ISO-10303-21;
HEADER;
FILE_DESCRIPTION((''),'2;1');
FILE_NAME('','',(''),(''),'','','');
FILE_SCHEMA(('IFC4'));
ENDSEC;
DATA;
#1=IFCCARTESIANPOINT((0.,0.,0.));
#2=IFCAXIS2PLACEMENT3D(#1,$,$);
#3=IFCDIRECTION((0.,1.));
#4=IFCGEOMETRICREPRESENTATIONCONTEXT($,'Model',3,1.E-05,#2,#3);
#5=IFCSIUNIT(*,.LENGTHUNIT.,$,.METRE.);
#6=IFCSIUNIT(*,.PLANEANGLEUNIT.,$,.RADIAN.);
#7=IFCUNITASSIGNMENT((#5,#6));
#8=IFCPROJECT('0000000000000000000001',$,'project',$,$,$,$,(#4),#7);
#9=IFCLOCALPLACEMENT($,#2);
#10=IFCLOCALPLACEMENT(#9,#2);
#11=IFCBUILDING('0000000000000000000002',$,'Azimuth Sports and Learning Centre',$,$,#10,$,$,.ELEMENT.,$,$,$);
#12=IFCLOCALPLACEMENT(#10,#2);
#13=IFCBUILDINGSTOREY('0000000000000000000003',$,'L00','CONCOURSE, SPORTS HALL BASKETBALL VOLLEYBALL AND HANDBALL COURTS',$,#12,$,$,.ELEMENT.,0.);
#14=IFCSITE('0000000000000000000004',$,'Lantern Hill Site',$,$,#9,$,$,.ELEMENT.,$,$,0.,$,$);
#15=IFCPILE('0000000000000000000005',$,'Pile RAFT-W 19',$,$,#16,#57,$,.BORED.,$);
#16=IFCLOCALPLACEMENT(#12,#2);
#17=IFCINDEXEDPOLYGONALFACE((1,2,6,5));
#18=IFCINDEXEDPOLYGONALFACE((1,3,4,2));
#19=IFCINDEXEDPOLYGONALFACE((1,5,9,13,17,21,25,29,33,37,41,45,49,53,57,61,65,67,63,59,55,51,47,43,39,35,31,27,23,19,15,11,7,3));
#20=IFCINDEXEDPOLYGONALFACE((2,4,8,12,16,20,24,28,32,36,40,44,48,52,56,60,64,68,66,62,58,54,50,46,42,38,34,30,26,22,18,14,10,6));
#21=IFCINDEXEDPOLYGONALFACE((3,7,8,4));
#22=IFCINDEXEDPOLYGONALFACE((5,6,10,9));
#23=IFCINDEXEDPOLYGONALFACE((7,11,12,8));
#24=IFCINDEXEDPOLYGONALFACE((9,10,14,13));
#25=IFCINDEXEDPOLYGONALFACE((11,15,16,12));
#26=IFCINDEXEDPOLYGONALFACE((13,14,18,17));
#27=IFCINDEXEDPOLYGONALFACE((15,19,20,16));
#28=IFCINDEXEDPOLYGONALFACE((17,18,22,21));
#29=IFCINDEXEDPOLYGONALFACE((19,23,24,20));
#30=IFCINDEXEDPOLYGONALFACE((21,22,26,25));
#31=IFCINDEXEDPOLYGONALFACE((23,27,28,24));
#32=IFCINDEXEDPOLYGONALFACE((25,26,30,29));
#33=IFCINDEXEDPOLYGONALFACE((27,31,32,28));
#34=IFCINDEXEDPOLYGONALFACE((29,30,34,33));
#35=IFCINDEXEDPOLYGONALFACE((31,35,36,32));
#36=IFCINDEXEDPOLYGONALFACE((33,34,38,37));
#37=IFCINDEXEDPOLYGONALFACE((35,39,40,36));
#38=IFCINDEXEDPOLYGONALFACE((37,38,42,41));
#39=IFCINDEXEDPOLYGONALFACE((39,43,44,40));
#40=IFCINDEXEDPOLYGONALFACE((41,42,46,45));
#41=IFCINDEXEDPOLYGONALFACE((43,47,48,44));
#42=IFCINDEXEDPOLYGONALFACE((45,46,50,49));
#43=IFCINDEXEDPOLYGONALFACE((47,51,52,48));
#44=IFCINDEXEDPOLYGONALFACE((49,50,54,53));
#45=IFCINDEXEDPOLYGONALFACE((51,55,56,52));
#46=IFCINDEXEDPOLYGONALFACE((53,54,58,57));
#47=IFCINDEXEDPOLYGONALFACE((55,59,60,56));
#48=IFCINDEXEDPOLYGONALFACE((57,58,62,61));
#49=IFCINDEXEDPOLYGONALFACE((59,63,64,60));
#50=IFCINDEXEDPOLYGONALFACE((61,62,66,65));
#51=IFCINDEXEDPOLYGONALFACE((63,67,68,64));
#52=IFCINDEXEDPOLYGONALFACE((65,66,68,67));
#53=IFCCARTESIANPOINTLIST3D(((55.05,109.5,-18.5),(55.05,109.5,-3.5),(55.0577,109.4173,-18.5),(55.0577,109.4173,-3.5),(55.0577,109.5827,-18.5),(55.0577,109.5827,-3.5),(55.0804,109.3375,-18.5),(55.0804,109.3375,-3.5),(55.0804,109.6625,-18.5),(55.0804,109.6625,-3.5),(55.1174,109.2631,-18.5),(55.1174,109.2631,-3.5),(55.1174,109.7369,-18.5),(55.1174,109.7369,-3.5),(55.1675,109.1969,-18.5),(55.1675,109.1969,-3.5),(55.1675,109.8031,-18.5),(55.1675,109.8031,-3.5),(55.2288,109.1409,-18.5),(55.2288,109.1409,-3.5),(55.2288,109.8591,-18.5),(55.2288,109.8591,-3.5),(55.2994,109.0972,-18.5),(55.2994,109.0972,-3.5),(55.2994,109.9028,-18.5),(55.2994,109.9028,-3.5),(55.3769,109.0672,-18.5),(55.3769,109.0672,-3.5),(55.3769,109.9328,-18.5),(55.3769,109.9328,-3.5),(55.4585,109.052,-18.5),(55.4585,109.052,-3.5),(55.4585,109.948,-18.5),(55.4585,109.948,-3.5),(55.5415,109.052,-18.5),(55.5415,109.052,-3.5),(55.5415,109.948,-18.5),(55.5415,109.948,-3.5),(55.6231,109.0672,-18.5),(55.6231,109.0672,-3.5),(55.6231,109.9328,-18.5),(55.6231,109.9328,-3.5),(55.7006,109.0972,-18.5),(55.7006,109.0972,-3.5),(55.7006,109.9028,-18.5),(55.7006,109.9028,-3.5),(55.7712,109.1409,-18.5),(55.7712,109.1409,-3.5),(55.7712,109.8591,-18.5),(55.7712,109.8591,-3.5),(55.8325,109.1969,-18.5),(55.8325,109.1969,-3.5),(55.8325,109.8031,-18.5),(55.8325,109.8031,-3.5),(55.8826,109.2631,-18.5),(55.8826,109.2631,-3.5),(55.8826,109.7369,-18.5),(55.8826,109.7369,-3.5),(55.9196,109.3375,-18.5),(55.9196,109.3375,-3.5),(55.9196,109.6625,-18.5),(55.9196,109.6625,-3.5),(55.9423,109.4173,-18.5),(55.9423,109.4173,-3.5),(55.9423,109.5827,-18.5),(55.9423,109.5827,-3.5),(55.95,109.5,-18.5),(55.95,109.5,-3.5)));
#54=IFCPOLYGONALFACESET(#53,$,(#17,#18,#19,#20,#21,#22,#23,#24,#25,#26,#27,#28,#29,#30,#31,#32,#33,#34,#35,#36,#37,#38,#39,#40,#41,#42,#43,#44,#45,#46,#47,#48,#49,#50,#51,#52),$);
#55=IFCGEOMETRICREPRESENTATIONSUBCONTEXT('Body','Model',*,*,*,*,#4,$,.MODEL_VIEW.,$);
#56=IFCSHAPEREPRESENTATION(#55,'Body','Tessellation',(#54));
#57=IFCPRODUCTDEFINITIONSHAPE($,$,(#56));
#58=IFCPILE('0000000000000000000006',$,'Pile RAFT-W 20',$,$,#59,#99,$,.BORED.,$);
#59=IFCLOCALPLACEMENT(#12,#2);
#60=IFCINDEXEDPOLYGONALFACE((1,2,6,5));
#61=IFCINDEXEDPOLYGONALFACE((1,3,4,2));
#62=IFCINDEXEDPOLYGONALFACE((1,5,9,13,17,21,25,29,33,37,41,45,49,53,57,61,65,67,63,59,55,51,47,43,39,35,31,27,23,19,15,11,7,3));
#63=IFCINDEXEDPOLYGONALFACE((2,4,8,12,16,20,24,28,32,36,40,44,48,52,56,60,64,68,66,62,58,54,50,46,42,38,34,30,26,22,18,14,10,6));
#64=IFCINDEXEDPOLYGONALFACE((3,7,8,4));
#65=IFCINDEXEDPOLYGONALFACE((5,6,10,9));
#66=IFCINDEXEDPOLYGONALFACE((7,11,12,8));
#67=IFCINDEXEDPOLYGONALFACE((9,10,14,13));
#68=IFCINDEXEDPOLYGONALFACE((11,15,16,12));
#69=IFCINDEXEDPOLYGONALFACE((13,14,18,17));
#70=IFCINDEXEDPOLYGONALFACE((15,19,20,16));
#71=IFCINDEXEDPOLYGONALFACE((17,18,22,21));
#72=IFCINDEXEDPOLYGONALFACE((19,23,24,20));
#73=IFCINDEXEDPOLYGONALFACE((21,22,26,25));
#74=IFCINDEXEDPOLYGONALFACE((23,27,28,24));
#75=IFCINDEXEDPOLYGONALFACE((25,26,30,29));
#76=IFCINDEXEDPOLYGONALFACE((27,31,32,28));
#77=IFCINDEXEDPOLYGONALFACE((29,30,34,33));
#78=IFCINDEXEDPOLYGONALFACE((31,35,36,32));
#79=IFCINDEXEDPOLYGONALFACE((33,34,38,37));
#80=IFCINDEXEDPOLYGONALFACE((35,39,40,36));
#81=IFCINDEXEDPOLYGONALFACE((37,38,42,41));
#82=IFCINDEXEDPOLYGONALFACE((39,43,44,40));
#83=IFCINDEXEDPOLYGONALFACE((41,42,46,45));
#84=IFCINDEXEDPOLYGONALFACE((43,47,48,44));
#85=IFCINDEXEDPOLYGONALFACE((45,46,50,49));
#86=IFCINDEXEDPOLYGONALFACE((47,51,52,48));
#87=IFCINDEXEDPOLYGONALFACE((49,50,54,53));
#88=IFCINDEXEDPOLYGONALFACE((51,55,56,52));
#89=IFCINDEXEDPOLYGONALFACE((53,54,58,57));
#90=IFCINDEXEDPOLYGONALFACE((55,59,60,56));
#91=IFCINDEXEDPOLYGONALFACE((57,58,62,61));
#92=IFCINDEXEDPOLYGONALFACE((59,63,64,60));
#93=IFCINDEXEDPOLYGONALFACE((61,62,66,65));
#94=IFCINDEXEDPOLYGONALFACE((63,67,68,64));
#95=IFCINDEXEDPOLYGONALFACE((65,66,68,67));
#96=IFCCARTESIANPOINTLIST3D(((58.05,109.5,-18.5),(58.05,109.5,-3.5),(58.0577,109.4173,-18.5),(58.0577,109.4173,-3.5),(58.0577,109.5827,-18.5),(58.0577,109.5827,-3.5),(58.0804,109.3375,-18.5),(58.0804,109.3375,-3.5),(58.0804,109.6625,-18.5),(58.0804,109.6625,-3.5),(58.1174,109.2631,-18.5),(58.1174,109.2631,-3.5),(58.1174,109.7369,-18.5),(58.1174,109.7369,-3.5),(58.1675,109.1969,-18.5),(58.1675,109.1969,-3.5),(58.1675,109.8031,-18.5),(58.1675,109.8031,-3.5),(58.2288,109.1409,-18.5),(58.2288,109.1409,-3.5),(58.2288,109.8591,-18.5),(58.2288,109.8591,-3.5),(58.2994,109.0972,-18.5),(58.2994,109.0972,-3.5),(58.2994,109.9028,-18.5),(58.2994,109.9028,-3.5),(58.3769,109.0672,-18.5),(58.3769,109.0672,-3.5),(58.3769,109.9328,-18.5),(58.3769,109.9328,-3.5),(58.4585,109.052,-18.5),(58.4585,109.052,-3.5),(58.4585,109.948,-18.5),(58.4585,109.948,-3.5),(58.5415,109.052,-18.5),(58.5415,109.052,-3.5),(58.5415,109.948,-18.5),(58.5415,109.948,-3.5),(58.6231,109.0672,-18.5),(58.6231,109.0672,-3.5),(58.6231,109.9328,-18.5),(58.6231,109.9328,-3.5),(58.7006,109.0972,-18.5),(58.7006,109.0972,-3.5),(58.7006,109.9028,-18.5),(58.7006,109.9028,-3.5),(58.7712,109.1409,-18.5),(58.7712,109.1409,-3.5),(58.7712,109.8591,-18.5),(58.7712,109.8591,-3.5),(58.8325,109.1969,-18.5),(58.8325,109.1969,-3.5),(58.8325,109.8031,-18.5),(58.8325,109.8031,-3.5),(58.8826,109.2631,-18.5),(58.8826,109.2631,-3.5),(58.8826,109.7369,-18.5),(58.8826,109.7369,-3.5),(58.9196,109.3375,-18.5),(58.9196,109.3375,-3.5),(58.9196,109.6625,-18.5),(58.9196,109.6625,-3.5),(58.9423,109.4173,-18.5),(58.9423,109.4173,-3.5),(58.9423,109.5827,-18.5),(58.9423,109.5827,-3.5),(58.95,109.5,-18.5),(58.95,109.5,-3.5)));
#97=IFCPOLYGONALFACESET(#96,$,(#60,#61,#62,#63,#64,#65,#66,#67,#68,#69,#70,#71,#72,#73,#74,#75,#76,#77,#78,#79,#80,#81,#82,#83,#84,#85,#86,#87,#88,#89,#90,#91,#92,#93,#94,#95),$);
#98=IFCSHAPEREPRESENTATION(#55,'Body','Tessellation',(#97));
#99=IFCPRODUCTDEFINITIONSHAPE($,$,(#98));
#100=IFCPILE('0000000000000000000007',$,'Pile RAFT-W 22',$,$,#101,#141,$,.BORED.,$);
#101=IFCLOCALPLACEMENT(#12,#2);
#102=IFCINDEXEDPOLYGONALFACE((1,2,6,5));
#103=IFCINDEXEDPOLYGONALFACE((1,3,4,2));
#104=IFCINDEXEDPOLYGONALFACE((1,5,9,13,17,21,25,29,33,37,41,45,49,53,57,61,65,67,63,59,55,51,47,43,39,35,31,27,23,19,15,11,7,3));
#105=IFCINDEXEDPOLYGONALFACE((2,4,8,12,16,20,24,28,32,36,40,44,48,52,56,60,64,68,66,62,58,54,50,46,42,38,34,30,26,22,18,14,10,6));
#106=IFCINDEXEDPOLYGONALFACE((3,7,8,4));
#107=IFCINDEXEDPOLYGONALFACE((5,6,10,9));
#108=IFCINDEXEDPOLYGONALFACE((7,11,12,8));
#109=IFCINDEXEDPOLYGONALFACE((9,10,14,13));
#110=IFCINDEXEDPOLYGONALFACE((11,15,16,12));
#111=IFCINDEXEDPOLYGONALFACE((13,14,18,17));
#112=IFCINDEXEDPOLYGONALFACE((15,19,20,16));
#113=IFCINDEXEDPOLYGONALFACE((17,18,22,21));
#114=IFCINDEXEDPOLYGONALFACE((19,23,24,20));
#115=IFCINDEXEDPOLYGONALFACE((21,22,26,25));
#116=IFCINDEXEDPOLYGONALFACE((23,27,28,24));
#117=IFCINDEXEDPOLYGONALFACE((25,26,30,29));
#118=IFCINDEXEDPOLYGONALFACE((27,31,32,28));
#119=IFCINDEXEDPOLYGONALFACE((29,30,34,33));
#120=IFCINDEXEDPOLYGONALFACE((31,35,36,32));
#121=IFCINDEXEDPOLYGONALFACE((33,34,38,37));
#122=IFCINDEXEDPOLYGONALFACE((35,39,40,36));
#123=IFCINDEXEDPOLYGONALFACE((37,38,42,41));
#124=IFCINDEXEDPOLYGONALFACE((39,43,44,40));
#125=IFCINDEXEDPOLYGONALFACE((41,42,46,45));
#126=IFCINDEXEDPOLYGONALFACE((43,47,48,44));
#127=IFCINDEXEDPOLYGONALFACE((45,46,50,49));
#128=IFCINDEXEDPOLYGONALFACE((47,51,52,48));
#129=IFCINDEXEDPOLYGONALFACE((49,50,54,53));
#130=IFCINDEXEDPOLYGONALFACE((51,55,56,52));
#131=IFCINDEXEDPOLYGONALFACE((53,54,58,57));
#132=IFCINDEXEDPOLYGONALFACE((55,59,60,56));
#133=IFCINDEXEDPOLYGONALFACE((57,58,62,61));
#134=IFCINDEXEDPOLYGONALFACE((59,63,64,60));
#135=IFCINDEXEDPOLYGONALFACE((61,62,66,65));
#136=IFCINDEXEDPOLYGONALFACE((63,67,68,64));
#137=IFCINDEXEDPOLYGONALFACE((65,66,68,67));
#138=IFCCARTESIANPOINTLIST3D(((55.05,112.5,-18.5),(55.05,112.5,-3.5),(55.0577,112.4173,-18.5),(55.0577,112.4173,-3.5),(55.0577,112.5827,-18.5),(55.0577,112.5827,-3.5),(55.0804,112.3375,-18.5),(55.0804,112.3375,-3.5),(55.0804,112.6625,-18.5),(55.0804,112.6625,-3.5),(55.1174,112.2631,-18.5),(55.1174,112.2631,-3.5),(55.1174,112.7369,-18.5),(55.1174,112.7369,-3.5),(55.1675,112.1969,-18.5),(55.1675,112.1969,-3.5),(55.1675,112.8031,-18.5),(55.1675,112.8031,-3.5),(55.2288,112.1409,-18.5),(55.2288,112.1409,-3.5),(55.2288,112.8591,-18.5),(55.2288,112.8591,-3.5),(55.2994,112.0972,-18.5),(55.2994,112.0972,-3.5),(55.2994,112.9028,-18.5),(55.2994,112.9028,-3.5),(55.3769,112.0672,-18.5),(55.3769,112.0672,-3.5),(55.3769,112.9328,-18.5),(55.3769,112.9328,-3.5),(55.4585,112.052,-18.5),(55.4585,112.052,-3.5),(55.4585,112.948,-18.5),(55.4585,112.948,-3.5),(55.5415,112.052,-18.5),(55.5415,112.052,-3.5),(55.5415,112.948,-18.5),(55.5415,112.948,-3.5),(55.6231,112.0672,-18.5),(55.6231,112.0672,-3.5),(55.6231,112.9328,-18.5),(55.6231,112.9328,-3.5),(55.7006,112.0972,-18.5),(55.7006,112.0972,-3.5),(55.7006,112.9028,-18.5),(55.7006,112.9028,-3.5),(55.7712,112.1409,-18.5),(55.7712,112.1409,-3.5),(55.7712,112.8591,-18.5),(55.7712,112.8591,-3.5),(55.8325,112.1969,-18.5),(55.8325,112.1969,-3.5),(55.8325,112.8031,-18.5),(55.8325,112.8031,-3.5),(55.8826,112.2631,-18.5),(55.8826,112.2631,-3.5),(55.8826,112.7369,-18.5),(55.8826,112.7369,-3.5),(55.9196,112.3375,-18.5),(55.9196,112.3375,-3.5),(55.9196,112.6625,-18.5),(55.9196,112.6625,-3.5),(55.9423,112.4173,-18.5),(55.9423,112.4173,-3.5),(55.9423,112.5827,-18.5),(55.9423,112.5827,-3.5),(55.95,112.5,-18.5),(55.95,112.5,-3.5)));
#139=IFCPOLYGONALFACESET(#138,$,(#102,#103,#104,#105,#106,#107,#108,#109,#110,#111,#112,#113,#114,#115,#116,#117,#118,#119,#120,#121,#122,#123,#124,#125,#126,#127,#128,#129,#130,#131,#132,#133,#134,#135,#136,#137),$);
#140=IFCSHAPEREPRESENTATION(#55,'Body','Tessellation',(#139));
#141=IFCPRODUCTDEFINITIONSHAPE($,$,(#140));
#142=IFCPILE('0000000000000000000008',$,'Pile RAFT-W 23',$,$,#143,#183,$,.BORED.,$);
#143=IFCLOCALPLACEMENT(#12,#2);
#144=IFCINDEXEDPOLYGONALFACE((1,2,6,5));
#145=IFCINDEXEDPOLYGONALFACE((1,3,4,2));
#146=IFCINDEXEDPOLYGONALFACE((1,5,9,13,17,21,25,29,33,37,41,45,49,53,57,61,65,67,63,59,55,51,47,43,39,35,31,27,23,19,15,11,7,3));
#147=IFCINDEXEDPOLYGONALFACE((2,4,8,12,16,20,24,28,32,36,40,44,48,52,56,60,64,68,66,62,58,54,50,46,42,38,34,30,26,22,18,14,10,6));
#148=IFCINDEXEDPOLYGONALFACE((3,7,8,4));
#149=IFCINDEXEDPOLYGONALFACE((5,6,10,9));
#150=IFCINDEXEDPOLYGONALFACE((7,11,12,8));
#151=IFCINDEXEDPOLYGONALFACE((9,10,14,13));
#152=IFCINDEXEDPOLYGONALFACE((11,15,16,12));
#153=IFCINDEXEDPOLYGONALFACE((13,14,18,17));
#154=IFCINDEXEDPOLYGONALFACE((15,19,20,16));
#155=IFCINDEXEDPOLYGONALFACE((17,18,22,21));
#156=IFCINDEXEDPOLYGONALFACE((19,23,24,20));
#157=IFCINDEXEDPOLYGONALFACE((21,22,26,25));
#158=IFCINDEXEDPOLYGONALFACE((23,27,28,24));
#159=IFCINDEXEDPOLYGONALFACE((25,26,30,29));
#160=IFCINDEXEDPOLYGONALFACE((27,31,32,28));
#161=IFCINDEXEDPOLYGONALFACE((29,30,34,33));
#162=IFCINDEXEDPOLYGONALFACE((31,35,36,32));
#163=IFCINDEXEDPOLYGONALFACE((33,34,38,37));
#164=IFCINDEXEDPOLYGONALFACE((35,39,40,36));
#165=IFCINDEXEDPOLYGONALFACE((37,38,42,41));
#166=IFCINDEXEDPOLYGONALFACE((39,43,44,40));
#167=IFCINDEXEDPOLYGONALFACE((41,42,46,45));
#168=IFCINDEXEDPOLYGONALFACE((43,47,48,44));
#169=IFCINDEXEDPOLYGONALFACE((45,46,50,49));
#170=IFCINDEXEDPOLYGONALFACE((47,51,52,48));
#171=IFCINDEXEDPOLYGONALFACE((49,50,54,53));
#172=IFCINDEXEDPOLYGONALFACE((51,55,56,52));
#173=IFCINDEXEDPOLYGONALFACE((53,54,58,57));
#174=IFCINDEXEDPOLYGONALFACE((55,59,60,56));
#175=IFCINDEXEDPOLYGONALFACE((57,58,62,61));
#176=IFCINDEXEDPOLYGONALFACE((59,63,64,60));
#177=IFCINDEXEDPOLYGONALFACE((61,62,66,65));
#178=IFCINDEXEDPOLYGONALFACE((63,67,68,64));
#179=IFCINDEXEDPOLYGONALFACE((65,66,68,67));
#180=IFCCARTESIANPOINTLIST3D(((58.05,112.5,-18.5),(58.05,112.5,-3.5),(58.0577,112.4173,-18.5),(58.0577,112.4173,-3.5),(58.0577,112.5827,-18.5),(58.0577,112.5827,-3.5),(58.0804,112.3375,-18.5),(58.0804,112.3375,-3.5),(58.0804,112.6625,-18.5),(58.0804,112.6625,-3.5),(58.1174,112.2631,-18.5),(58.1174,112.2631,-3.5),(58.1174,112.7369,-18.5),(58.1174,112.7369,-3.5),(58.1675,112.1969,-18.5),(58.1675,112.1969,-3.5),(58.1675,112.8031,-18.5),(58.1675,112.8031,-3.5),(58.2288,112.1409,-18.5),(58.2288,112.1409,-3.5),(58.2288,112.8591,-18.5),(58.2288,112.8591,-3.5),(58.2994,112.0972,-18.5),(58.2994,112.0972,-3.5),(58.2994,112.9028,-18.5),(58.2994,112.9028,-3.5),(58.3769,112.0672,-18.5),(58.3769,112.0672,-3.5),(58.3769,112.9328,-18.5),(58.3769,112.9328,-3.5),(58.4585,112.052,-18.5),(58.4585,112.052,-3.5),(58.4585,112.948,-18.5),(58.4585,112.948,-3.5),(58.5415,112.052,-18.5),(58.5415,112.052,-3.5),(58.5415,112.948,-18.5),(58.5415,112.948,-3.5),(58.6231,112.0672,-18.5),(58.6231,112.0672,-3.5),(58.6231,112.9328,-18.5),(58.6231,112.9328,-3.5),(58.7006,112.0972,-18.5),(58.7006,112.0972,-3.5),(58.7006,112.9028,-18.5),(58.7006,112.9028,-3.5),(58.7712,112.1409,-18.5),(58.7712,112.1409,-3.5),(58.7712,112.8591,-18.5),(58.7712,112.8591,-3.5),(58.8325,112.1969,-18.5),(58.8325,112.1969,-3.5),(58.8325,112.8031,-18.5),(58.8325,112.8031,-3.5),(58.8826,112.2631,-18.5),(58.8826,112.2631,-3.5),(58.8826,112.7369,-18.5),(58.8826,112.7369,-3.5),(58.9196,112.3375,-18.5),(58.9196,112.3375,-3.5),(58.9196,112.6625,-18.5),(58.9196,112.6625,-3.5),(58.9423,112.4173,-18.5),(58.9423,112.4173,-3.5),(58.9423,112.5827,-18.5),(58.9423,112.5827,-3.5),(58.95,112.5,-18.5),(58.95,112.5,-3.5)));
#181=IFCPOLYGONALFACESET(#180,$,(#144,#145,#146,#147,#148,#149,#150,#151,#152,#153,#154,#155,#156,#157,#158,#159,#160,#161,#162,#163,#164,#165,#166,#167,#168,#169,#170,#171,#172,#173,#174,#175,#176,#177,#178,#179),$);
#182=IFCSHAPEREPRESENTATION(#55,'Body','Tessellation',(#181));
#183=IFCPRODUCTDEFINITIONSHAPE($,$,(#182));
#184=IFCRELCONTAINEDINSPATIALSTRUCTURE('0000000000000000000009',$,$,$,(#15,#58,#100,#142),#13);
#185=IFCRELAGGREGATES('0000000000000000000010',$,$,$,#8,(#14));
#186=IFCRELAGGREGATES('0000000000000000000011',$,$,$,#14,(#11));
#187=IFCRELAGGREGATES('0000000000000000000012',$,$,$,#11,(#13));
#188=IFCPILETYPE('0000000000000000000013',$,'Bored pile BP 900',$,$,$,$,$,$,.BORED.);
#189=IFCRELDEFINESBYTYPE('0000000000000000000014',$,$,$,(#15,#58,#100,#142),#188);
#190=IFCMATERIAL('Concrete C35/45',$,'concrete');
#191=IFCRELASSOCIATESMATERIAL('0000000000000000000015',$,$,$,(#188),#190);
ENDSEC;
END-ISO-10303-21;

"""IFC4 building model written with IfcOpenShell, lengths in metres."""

from ifc_helpers import new_model, si_unit, direction, frame, origin, origin_2d, place, context, subcontext, project, spatial, circle, extrude, material, material_profile, profile_set, type_object, element, save


model = new_model("IFC4")

# Units and contexts
model_context = context("Model", 3, precision=1e-05, world=origin(), true_north=direction((0.0, 1.0)))
body_context = subcontext(model_context, "Body", "Model", "MODEL_VIEW")
ifc_project = project(units=[si_unit("LENGTHUNIT", "METRE"), si_unit("PLANEANGLEUNIT", "RADIAN")], contexts=[model_context])

# Site, building, storey
site_placement = place(None, origin())
site = spatial("IfcSite", under=ifc_project, at=site_placement, Name="Lantern Hill Site", CompositionType="ELEMENT", RefElevation=0.0)
building_placement = place(site_placement, origin())
building = spatial("IfcBuilding", under=site, at=building_placement, Name="Azimuth Sports and Learning Centre", CompositionType="ELEMENT")
storey_placement = place(building_placement, origin())
storey = spatial("IfcBuildingStorey", under=building, at=storey_placement, Name="L00", Description="CONCOURSE, SPORTS HALL BASKETBALL VOLLEYBALL AND HANDBALL COURTS", CompositionType="ELEMENT", Elevation=0.0)

# Piles
ifc_material_1 = material(Name="Concrete C35/45", Category="concrete")
ifc_material_profile_1 = material_profile(ifc_material_1, circle(Radius=0.45, at=origin_2d()), Name="BP 900")
ifc_profile_set_1 = profile_set([ifc_material_profile_1], Name="Concrete C35/45")
pile_type = type_object("IfcPileType", Name="Bored pile BP 900", PredefinedType="BORED", material=ifc_profile_set_1)
for number, where, z_axis, x_axis, name in (
    (1, (55.5, 109.5, -3.5), (0.0, 0.0, -1.0), (1.0, 0.0, 0.0), "Pile RAFT-W 19"),
    (2, (58.5, 109.5, -3.5), (0.0, 0.0, -1.0), (1.0, 0.0, 0.0), "Pile RAFT-W 20"),
    (3, (55.5, 112.5, -3.5), (0.0, 0.0, -1.0), (1.0, 0.0, 0.0), "Pile RAFT-W 22"),
    (4, (58.5, 112.5, -3.5), (0.0, 0.0, -1.0), (1.0, 0.0, 0.0), "Pile RAFT-W 23"),
):
    element("IfcPile", number, at=place(storey_placement, frame(where, z_axis=z_axis, x_axis=x_axis)), inside=storey, type_object=pile_type, Name=name, PredefinedType="BORED", context=body_context, shape_type="SweptSolid", body=[
        extrude(circle(Radius=0.45, at=origin_2d()), origin(), (0.0, 0.0, 1.0), 15.0),
    ])

save(model, "model.ifc")
